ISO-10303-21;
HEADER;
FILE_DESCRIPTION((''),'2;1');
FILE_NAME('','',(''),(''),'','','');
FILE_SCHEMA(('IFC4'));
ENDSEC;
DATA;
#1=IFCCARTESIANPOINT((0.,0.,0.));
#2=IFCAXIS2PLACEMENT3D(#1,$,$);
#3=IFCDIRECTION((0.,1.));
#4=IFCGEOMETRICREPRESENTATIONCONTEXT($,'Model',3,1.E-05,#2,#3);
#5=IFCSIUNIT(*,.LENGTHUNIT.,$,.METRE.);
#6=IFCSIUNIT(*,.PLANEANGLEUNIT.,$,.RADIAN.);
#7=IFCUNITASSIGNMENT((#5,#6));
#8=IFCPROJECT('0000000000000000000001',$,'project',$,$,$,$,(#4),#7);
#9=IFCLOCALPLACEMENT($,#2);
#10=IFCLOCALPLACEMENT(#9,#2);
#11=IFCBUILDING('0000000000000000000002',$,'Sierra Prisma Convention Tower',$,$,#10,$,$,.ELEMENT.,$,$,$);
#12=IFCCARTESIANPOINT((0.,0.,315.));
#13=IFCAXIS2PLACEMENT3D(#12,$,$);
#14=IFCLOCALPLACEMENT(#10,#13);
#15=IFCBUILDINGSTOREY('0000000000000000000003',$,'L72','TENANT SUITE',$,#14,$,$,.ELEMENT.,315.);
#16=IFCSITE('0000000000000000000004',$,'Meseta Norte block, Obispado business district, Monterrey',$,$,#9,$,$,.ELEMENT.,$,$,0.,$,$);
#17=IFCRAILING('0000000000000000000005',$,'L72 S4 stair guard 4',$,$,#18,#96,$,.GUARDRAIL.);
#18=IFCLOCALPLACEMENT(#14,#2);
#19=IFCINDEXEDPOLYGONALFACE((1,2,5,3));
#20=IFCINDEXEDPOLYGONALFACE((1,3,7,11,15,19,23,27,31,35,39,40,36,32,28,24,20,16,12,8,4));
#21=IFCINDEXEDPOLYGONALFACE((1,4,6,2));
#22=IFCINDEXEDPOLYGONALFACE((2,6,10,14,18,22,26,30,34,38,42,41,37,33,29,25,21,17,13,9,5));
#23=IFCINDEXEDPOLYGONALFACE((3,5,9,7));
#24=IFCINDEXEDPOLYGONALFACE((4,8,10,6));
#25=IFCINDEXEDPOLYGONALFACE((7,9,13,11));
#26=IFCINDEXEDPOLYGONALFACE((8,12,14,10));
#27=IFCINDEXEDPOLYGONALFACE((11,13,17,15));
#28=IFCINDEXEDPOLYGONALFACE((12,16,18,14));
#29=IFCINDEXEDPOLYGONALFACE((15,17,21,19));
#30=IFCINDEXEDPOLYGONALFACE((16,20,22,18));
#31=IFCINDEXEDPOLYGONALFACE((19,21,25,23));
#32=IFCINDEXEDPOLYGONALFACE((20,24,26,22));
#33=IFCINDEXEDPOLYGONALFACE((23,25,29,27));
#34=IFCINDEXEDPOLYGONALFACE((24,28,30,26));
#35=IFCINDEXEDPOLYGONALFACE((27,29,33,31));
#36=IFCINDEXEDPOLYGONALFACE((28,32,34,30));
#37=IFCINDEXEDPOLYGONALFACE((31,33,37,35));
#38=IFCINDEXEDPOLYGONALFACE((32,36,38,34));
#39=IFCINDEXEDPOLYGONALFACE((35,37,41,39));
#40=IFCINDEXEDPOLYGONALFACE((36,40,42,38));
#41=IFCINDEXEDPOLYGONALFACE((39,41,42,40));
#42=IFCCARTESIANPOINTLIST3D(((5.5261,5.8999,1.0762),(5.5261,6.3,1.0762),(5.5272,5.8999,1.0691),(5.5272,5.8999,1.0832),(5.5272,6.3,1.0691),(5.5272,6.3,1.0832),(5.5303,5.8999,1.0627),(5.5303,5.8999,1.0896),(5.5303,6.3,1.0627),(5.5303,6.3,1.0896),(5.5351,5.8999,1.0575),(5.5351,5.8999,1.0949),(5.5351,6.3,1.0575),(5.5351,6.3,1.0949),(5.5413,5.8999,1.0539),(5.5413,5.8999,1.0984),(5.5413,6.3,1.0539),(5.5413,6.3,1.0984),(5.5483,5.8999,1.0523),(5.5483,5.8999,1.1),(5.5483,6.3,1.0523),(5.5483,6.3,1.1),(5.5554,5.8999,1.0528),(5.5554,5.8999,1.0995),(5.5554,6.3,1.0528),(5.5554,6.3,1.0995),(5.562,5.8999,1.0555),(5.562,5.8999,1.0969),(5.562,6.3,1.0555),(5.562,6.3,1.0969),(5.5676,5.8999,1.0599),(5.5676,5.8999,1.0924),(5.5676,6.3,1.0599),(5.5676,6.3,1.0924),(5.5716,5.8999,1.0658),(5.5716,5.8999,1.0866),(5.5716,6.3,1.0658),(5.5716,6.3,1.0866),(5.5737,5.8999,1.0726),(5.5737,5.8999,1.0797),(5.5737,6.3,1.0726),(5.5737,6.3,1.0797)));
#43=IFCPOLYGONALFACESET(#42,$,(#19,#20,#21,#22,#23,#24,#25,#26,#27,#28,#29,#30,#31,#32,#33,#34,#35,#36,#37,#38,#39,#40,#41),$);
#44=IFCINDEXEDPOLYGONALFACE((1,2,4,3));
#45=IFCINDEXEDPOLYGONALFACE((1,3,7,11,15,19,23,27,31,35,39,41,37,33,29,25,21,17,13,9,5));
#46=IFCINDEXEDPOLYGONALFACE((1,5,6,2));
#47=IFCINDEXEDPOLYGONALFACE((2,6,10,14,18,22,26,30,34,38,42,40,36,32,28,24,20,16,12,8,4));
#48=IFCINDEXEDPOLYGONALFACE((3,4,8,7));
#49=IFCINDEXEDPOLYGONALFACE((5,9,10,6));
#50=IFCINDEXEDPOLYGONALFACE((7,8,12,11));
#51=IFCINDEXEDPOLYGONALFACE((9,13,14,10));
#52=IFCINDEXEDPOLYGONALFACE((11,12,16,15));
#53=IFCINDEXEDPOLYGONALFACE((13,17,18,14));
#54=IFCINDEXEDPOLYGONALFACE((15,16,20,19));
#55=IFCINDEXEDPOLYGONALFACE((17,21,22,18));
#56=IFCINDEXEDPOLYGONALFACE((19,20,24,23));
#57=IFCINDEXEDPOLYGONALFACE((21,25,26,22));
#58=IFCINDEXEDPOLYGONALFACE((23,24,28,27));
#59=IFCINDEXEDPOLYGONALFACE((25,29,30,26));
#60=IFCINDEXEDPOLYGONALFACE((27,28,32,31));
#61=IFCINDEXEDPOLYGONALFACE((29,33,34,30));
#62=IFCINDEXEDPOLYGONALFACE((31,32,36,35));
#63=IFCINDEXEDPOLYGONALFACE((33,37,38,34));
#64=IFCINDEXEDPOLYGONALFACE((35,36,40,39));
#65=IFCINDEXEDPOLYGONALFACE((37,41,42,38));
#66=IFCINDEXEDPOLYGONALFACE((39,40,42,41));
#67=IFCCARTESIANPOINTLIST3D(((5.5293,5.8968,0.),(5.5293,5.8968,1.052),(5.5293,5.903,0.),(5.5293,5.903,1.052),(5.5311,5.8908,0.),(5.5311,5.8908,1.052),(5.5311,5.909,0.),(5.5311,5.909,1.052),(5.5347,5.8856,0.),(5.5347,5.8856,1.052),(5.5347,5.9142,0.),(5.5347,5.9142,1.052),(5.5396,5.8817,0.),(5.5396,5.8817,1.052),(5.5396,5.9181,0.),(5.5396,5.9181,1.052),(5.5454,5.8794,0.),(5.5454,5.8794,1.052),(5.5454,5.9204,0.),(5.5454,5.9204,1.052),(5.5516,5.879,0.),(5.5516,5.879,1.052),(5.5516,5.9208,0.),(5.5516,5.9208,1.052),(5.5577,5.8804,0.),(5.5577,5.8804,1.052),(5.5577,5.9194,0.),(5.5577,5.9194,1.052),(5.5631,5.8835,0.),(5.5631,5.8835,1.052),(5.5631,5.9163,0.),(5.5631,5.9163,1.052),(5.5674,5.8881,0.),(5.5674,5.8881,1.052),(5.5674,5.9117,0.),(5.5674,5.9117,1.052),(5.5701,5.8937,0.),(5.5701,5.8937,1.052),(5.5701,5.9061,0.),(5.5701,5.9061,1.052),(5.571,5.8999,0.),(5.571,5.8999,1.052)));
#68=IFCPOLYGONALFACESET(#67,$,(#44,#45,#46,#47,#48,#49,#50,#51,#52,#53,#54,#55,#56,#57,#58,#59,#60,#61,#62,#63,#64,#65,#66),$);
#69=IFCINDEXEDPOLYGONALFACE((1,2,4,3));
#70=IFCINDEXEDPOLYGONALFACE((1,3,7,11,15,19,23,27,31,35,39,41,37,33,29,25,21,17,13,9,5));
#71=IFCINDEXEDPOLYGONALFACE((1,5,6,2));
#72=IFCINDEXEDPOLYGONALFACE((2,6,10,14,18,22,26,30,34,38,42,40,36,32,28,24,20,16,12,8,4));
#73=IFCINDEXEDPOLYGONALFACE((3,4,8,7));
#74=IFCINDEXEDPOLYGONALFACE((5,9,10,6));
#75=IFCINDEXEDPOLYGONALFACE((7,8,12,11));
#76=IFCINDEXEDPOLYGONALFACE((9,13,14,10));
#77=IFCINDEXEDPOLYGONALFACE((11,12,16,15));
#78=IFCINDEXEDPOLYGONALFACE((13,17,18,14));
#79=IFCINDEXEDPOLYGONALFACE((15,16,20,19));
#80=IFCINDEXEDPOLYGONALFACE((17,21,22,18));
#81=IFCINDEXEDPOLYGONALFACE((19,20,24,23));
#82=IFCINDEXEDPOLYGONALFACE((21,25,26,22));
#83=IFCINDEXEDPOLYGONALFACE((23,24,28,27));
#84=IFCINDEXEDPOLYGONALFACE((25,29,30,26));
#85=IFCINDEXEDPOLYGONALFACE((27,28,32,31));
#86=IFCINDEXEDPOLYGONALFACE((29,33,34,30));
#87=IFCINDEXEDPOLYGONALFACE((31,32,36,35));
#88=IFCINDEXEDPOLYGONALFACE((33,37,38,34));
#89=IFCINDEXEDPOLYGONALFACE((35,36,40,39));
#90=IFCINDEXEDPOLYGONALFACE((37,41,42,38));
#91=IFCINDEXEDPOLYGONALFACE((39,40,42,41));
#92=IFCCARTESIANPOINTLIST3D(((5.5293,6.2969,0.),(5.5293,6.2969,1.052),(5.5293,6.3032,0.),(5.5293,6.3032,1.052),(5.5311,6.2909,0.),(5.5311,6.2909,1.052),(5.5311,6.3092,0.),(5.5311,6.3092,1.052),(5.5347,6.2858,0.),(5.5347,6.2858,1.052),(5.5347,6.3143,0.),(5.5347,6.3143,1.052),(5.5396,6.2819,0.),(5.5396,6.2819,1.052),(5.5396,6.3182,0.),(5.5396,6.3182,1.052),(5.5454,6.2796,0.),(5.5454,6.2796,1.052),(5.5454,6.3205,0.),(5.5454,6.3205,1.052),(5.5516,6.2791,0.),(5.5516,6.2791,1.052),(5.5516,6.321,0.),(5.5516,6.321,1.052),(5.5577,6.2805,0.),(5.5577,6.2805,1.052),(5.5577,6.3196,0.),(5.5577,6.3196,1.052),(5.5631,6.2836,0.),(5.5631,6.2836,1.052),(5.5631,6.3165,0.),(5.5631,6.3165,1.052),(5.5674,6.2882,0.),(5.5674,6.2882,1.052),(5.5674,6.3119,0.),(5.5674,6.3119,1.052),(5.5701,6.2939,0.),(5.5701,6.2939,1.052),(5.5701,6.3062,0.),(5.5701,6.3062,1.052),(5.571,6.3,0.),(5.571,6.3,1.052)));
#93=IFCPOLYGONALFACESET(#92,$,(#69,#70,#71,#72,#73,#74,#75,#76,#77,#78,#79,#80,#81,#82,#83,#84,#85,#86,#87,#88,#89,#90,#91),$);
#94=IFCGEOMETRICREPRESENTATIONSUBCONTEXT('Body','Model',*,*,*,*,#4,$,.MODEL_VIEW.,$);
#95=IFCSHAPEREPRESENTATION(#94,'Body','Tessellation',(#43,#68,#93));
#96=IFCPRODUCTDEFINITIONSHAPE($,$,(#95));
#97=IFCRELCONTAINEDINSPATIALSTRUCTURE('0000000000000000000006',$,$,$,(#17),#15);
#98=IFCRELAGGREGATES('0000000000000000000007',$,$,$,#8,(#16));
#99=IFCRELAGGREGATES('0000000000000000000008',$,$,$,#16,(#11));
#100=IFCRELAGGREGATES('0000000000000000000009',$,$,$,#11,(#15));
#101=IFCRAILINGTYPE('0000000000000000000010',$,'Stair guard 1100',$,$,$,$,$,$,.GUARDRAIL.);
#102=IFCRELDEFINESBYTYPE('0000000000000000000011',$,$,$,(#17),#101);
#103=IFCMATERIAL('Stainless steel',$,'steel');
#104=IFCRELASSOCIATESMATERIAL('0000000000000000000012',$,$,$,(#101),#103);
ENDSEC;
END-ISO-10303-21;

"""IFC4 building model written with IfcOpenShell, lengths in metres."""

from ifc_helpers import new_model, si_unit, direction, frame, origin, origin_2d, place, context, subcontext, project, spatial, circle, extrude, material, type_object, element, save


model = new_model("IFC4")

# Units and contexts
model_context = context("Model", 3, precision=1e-05, world=origin(), true_north=direction((0.0, 1.0)))
body_context = subcontext(model_context, "Body", "Model", "MODEL_VIEW")
ifc_project = project(units=[si_unit("LENGTHUNIT", "METRE"), si_unit("PLANEANGLEUNIT", "RADIAN")], contexts=[model_context])

# Site, building, storey
site_placement = place(None, origin())
site = spatial("IfcSite", under=ifc_project, at=site_placement, Name="Meseta Norte block, Obispado business district, Monterrey", CompositionType="ELEMENT", RefElevation=0.0)
building_placement = place(site_placement, origin())
building = spatial("IfcBuilding", under=site, at=building_placement, Name="Sierra Prisma Convention Tower", CompositionType="ELEMENT")
storey_placement = place(building_placement, frame((0.0, 0.0, 315.0)))
storey = spatial("IfcBuildingStorey", under=building, at=storey_placement, Name="L72", Description="TENANT SUITE", CompositionType="ELEMENT", Elevation=315.0)

# Railing
ifc_material_1 = material(Name="Stainless steel", Category="steel")
railing_type_1 = type_object("IfcRailingType", Name="Stair guard 1100", PredefinedType="GUARDRAIL", material=ifc_material_1)
railing_1_placement = place(storey_placement, frame((5.55, 5.8999, 0.0)))
element("IfcRailing", 1, at=railing_1_placement, inside=storey, type_object=railing_type_1, Name="L72 S4 stair guard 4", PredefinedType="GUARDRAIL", context=body_context, shape_type="SweptSolid", body=[
    extrude(circle(Radius=0.0239, at=origin_2d()), frame((0.0, 0.0, 1.0762), z_axis=(0.0, 1.0, 0.0), x_axis=(-1.0, 0.0, 0.0)), (0.0, 0.0, 1.0), 0.4001),
    extrude(circle(Radius=0.021, at=origin_2d()), origin(), (0.0, 0.0, 1.0), 1.052),
    extrude(circle(Radius=0.021, at=origin_2d()), frame((0.0, 0.4001, 0.0)), (0.0, 0.0, 1.0), 1.052),
])

save(model, "model.ifc")
